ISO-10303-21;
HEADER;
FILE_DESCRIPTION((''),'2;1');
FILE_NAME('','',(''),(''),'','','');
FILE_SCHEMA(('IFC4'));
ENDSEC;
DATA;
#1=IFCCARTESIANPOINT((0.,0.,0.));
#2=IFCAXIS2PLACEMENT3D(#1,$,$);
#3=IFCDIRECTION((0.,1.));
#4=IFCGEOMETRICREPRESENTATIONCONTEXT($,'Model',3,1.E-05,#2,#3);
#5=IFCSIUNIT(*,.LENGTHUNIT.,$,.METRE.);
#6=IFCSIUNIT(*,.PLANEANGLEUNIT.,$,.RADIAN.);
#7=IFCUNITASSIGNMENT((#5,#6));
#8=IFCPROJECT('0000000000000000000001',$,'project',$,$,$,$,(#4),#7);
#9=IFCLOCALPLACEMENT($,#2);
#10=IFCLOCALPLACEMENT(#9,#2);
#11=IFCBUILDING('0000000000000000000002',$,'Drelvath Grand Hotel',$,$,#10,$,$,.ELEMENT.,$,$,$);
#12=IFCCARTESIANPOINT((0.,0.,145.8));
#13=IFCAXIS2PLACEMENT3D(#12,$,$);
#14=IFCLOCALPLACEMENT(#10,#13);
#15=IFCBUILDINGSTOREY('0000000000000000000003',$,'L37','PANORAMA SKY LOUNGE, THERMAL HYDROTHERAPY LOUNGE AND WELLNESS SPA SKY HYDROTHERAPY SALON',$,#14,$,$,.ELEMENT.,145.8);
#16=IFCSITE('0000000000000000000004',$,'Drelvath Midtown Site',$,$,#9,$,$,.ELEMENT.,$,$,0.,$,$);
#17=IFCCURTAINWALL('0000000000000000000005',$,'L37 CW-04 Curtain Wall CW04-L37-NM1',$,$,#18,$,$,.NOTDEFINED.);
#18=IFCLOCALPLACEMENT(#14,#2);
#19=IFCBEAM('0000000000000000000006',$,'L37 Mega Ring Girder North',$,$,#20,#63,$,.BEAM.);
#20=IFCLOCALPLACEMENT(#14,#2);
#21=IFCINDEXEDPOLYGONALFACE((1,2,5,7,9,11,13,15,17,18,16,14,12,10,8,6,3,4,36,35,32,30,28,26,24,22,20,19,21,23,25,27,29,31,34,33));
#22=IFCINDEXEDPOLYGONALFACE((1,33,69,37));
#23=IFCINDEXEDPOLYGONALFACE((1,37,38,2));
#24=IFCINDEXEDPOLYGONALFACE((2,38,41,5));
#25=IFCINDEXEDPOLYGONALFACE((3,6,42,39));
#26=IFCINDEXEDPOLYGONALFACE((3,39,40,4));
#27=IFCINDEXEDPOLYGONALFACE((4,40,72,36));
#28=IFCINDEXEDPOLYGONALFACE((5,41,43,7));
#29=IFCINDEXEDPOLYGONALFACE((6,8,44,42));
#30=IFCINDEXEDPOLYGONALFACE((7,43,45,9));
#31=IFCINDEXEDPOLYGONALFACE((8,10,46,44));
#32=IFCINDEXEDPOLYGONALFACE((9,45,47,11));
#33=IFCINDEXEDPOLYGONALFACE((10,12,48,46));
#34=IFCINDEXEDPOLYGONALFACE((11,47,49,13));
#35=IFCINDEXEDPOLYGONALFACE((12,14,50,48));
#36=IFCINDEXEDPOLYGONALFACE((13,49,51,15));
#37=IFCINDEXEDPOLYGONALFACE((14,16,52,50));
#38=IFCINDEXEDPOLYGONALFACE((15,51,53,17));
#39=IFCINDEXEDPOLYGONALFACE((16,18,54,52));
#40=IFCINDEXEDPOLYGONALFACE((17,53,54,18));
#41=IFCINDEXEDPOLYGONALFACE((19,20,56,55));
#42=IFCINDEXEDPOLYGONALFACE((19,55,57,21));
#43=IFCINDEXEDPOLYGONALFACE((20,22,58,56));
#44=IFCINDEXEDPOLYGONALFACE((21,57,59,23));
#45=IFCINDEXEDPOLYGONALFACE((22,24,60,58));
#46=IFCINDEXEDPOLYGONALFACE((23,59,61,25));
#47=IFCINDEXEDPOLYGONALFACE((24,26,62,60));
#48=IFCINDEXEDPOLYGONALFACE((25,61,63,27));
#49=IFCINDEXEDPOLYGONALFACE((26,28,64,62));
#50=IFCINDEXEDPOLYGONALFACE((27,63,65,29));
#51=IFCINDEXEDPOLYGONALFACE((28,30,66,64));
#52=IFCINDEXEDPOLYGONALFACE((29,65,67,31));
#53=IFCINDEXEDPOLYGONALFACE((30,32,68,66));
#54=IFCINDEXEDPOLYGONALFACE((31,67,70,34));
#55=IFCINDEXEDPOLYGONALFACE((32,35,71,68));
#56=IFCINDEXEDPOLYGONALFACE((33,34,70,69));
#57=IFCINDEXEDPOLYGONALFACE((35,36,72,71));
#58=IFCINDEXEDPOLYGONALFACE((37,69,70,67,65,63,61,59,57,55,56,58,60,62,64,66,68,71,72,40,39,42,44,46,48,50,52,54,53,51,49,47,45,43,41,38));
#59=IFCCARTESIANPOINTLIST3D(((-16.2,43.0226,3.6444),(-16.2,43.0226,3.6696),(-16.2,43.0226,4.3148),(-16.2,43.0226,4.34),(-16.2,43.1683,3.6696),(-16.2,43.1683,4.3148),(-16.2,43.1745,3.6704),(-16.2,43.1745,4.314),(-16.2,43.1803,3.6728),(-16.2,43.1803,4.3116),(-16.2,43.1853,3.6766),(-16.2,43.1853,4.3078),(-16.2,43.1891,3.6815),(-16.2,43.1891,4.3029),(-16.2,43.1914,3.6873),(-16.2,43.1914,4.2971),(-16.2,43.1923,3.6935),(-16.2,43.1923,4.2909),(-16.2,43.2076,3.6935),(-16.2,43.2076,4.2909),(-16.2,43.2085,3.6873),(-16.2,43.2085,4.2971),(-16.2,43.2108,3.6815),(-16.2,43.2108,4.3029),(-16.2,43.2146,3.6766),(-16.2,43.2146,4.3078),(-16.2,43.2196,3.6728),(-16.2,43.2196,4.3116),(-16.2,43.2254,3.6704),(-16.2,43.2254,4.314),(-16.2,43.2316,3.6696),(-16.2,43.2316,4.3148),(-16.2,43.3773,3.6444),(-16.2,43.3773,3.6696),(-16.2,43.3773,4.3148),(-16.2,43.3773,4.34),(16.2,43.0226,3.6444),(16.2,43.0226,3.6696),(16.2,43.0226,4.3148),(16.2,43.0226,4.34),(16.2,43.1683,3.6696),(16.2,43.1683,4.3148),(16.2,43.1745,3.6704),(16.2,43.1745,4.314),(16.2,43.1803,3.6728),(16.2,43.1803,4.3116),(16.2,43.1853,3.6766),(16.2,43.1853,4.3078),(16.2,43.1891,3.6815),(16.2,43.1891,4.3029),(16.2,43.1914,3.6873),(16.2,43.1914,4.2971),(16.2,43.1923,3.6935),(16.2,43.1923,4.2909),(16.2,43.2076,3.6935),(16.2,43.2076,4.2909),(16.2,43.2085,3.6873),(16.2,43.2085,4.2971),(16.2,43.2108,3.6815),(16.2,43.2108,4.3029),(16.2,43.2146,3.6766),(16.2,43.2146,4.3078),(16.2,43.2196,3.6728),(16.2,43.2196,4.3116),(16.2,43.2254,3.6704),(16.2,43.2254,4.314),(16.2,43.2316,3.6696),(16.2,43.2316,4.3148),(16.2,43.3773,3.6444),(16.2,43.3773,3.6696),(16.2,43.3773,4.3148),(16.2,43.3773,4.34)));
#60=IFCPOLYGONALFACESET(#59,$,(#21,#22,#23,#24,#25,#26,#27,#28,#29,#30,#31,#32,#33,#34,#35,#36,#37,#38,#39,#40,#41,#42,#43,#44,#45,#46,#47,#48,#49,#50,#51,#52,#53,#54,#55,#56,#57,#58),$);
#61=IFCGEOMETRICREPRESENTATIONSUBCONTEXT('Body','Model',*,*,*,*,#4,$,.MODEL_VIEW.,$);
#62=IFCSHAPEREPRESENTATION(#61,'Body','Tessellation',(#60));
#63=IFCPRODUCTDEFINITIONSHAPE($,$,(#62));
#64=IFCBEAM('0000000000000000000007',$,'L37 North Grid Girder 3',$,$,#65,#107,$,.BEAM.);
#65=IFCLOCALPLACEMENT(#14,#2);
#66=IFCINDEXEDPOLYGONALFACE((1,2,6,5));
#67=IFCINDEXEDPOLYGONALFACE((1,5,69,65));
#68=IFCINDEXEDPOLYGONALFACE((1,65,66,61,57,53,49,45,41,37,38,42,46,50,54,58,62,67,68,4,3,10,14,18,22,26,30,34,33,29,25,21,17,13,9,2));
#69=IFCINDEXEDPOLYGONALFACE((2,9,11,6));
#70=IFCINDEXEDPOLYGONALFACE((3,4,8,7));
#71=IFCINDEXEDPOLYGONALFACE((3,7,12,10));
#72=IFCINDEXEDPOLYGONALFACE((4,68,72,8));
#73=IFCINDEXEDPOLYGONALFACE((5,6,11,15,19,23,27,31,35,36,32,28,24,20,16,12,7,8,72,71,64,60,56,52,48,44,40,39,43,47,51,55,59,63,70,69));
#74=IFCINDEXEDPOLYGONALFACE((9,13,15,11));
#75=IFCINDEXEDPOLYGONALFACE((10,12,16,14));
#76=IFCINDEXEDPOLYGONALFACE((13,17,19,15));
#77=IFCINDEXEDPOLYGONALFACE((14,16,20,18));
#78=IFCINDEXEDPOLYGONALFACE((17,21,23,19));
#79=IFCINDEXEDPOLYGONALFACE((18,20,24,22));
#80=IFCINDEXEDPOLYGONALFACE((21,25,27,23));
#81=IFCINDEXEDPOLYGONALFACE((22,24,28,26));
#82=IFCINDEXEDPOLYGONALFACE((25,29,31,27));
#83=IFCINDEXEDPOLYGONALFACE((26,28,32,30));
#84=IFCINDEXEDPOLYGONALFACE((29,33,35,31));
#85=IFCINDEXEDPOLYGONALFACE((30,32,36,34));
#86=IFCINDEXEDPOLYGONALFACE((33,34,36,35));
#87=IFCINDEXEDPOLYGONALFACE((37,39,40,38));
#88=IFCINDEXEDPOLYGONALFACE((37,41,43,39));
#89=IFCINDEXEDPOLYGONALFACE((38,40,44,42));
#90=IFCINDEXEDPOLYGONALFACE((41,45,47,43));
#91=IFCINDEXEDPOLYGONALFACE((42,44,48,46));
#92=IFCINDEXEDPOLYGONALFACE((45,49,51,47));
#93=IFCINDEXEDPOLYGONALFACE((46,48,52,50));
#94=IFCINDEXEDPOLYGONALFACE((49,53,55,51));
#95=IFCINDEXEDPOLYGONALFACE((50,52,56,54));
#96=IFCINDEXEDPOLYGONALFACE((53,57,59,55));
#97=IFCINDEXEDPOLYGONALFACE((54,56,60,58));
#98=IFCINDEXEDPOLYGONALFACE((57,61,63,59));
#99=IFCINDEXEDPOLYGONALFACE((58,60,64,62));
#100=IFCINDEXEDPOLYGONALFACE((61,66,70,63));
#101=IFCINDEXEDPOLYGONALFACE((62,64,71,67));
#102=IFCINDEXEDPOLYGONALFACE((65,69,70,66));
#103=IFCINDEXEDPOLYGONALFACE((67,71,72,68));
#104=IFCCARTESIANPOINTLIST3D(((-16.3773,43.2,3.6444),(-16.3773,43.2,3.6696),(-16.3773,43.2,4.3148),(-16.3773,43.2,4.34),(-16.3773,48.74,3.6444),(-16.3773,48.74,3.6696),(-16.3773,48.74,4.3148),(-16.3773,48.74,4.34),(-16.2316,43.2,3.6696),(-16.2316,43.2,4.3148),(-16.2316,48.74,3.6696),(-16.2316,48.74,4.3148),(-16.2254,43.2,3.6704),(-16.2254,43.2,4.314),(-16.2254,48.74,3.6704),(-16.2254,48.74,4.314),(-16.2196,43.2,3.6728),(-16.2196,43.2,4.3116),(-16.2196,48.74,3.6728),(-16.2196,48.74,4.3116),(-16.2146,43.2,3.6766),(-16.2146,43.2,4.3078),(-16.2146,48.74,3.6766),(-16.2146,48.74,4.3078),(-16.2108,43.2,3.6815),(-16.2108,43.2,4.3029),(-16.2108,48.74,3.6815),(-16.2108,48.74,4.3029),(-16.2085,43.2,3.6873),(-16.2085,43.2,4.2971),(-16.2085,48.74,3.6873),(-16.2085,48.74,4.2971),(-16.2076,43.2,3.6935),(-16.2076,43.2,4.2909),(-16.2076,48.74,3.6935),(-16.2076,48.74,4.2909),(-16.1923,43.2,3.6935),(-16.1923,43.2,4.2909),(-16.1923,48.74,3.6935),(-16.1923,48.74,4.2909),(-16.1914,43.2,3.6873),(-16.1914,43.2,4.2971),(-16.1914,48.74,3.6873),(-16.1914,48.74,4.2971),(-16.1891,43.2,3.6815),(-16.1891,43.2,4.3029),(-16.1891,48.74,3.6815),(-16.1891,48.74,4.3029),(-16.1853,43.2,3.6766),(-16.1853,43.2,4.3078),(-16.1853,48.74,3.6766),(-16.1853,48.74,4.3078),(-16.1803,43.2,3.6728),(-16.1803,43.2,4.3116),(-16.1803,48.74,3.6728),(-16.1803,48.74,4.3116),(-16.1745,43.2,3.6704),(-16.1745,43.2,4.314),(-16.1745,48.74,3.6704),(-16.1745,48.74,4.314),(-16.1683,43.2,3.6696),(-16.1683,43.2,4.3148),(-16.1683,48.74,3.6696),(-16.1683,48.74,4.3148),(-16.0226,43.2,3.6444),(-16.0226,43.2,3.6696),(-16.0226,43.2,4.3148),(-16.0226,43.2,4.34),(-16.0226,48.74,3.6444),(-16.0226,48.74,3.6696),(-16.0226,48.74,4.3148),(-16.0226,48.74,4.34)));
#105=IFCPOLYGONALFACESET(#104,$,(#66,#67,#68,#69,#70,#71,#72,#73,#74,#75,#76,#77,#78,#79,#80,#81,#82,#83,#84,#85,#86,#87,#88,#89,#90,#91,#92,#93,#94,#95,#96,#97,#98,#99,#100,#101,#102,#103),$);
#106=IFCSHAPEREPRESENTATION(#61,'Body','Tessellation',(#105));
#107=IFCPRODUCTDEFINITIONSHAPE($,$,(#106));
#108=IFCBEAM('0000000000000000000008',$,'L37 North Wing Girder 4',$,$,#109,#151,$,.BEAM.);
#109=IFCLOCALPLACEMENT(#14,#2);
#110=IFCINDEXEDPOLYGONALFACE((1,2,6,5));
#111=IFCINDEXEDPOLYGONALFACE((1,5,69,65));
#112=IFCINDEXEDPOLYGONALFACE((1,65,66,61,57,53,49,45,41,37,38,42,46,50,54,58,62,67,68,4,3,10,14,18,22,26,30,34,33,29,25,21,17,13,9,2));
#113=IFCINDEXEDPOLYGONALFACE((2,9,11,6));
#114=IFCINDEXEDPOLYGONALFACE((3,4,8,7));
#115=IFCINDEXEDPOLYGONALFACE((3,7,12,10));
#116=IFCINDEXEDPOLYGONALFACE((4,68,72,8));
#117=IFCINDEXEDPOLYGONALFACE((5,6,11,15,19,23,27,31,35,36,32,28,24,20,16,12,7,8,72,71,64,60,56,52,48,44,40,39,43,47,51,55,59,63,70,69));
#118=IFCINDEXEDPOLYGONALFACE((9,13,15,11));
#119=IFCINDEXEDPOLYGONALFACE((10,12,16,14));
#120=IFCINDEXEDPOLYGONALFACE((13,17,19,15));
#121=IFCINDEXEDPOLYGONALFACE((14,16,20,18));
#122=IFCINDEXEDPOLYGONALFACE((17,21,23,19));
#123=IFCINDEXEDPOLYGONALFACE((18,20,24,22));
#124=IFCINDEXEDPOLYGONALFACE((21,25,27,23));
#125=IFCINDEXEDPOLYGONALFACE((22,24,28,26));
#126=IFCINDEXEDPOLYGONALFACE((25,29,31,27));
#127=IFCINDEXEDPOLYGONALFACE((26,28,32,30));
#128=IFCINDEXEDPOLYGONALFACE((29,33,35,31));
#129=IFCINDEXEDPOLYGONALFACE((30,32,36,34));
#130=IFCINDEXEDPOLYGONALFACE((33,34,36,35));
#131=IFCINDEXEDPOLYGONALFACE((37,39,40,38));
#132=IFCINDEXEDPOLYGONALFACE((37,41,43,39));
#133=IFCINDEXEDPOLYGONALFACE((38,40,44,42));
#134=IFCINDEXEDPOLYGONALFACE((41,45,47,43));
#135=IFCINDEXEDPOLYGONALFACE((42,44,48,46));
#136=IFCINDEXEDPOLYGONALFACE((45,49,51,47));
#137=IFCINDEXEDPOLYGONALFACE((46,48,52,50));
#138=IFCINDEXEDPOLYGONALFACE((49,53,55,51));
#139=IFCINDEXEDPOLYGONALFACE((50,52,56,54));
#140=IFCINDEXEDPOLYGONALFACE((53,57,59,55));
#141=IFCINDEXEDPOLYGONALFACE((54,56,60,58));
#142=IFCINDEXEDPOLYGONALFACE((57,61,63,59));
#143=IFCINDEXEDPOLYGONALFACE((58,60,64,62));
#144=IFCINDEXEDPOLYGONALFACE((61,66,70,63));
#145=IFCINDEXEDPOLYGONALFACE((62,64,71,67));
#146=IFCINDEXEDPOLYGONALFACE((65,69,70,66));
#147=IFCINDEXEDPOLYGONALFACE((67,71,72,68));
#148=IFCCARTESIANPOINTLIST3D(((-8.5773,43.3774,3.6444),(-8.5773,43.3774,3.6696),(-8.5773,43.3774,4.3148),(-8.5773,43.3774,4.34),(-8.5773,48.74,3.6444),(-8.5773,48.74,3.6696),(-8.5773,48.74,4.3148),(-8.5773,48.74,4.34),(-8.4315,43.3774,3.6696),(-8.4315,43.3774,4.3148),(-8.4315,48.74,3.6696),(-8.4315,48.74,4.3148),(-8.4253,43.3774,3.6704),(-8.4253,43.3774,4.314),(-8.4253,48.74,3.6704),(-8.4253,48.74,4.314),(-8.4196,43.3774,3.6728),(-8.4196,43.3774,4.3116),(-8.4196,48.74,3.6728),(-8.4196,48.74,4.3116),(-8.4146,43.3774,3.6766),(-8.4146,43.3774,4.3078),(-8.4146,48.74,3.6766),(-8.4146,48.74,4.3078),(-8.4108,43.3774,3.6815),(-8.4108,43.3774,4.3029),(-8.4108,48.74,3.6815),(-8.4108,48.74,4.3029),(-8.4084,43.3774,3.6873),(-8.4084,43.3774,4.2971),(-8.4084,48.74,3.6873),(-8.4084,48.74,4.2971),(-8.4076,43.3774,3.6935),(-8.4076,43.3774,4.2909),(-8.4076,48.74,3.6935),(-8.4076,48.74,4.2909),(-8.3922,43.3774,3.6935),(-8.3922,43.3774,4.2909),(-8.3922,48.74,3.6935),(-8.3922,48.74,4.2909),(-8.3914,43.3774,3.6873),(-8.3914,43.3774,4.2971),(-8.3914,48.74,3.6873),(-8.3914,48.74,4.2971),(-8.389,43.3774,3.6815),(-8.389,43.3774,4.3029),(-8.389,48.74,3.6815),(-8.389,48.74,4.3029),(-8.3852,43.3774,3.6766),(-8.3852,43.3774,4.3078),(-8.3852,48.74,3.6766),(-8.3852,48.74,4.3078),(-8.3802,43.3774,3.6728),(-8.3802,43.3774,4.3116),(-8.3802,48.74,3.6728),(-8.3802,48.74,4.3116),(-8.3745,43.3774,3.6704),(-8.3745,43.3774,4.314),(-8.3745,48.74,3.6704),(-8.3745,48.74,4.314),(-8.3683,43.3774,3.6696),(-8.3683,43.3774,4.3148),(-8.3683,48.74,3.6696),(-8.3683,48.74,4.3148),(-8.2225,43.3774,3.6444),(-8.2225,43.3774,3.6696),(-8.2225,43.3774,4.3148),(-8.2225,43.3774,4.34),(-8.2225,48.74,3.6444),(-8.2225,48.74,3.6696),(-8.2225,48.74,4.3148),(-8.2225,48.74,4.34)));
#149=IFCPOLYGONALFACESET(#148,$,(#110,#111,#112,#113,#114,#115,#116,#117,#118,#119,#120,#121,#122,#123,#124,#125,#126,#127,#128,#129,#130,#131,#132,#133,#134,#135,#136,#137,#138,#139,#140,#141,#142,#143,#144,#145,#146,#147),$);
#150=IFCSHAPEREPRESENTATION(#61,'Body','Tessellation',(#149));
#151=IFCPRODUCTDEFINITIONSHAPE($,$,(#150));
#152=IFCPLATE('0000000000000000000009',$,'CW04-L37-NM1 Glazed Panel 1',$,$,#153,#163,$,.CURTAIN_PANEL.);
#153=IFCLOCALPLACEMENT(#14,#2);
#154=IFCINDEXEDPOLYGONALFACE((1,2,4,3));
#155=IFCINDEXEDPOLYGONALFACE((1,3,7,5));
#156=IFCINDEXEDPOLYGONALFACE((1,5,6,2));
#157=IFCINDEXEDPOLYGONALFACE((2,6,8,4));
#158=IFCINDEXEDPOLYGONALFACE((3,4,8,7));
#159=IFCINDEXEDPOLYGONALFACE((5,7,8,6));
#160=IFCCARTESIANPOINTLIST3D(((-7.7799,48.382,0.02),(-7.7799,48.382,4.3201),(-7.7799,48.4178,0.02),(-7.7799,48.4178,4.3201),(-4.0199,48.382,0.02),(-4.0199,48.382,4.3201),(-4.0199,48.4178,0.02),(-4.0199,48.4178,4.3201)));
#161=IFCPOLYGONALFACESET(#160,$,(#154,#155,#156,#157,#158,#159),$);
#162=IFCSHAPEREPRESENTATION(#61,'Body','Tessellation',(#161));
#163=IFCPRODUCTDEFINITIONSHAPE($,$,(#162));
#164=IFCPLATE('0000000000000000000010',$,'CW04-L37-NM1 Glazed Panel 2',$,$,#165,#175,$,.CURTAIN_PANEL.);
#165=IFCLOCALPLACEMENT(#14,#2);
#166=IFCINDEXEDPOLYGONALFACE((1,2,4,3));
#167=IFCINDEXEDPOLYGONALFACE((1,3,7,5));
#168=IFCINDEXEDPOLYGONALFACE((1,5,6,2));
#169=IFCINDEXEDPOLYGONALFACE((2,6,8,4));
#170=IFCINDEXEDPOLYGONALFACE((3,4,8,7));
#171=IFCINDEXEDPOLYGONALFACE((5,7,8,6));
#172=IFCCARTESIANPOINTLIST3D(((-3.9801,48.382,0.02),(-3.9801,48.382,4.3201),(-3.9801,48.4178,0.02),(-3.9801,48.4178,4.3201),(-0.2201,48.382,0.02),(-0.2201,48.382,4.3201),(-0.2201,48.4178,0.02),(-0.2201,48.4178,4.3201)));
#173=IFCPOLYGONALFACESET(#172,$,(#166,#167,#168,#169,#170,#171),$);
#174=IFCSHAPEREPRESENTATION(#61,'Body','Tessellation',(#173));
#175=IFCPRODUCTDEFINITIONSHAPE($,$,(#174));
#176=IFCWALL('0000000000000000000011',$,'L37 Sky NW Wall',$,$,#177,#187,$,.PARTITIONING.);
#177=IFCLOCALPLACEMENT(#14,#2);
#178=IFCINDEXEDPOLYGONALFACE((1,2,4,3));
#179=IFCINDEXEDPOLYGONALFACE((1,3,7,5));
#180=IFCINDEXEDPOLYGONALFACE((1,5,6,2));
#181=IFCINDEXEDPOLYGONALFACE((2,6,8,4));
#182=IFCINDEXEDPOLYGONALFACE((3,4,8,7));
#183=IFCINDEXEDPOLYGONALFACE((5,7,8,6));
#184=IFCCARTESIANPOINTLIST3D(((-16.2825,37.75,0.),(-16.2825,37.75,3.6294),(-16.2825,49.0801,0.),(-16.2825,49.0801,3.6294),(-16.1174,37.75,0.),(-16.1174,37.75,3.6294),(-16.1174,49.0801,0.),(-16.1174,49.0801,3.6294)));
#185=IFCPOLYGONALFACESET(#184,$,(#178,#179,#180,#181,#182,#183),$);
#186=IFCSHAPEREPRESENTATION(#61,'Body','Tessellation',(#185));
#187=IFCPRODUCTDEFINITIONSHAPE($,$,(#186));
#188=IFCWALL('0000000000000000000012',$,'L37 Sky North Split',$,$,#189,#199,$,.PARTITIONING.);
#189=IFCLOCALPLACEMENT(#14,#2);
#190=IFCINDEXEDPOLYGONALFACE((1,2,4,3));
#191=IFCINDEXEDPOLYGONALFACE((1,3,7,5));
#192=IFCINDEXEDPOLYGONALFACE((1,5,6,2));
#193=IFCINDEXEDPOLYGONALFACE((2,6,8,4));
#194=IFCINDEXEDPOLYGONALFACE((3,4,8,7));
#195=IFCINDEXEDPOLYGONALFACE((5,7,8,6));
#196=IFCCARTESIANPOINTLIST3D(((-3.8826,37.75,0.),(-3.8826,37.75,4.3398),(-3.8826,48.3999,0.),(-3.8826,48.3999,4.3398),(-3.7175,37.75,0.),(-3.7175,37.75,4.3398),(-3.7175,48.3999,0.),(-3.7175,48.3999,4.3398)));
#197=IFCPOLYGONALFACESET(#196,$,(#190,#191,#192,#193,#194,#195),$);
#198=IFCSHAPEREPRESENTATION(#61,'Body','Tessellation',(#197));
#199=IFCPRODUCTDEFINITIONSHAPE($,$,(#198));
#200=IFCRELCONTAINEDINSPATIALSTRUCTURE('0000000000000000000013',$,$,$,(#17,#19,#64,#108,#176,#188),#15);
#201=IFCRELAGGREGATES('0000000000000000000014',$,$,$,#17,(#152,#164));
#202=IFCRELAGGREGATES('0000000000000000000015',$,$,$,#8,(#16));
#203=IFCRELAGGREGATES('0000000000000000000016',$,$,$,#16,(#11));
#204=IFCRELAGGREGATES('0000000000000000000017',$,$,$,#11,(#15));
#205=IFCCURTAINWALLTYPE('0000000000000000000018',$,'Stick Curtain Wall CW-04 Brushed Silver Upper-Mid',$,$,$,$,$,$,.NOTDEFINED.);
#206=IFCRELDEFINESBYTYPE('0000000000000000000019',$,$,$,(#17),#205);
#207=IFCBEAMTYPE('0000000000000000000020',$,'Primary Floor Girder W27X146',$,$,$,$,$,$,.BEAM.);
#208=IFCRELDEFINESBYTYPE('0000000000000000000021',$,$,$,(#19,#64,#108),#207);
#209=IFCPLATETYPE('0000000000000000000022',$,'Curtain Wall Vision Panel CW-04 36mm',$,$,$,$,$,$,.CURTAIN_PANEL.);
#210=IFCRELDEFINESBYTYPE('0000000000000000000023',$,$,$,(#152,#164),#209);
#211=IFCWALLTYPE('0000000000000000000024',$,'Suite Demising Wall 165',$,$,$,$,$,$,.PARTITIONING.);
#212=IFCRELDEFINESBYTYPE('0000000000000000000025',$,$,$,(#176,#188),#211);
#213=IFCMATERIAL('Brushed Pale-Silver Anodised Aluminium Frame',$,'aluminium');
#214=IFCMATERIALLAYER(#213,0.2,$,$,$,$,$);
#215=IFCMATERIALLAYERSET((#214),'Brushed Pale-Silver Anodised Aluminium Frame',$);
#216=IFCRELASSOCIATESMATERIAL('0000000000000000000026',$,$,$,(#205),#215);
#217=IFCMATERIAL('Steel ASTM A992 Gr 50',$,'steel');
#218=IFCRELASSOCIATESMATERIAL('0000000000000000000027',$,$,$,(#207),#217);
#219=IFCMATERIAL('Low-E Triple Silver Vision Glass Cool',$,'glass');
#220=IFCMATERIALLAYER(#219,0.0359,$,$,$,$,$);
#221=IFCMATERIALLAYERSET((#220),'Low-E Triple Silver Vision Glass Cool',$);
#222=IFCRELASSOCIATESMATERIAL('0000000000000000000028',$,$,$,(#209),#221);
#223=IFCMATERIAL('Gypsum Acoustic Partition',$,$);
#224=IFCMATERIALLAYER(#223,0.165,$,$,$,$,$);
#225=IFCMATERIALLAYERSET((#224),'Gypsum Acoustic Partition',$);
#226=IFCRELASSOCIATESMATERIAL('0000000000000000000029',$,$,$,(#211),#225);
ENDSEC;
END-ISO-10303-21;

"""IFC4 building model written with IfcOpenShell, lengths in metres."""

from ifc_helpers import new_model, si_unit, direction, frame, frame_2d, origin, origin_2d, place, context, subcontext, project, spatial, rectangle, i_section, extrude, material, layer, layer_set, material_profile, profile_set, type_object, element, aggregate, save


model = new_model("IFC4")

# Units and contexts
model_context = context("Model", 3, precision=1e-05, world=origin(), true_north=direction((0.0, 1.0)))
body_context = subcontext(model_context, "Body", "Model", "MODEL_VIEW")
ifc_project = project(units=[si_unit("LENGTHUNIT", "METRE"), si_unit("PLANEANGLEUNIT", "RADIAN")], contexts=[model_context])

# Site, building, storey
site_placement = place(None, origin())
site = spatial("IfcSite", under=ifc_project, at=site_placement, Name="Drelvath Midtown Site", CompositionType="ELEMENT", RefElevation=0.0)
building_placement = place(site_placement, origin())
building = spatial("IfcBuilding", under=site, at=building_placement, Name="Drelvath Grand Hotel", CompositionType="ELEMENT")
storey_placement = place(building_placement, frame((0.0, 0.0, 145.8)))
storey = spatial("IfcBuildingStorey", under=building, at=storey_placement, Name="L37", Description="PANORAMA SKY LOUNGE, THERMAL HYDROTHERAPY LOUNGE AND WELLNESS SPA SKY HYDROTHERAPY SALON", CompositionType="ELEMENT", Elevation=145.8)

# Shared definitions
ifc_material_1 = material(Name="Steel ASTM A992 Gr 50", Category="steel")

# Curtain wall
ifc_material_2 = material(Name="Brushed Pale-Silver Anodised Aluminium Frame", Category="aluminium")
ifc_layer_1 = layer(ifc_material_2, 0.2)
ifc_layer_set_1 = layer_set([ifc_layer_1], Name="Brushed Pale-Silver Anodised Aluminium Frame")
curtain_wall_type = type_object("IfcCurtainWallType", Name="Stick Curtain Wall CW-04 Brushed Silver Upper-Mid", PredefinedType="NOTDEFINED", material=ifc_layer_set_1)
curtain_wall_placement = place(storey_placement, origin())
curtain_wall = element("IfcCurtainWall", 1, at=curtain_wall_placement, inside=storey, type_object=curtain_wall_type, Name="L37 CW-04 Curtain Wall CW04-L37-NM1", PredefinedType="NOTDEFINED")

# Beams
ifc_material_profile_1 = material_profile(ifc_material_1, i_section(OverallWidth=0.3547, OverallDepth=0.6956, WebThickness=0.0154, FlangeThickness=0.0251, FilletRadius=0.0239, at=origin_2d()), Name="W27X146")
ifc_profile_set_1 = profile_set([ifc_material_profile_1], Name="Steel ASTM A992 Gr 50")
beam_type_1 = type_object("IfcBeamType", Name="Primary Floor Girder W27X146", PredefinedType="BEAM", material=ifc_profile_set_1)
beam_1_placement = place(storey_placement, frame((-16.2, 43.2, 3.9922), z_axis=(1.0, 0.0, 0.0), x_axis=(0.0, 1.0, 0.0)))
element("IfcBeam", 2, at=beam_1_placement, inside=storey, type_object=beam_type_1, Name="L37 Mega Ring Girder North", PredefinedType="BEAM", context=body_context, shape_type="SweptSolid", body=[
    extrude(i_section(OverallWidth=0.3547, OverallDepth=0.6956, WebThickness=0.0154, FlangeThickness=0.0251, FilletRadius=0.0239, at=origin_2d()), origin(), (0.0, 0.0, 1.0), 32.3999),
])
beam_2_placement = place(storey_placement, frame((-16.2, 43.2, 3.9922), z_axis=(0.0, 1.0, 0.0), x_axis=(-1.0, 0.0, 0.0)))
element("IfcBeam", 3, at=beam_2_placement, inside=storey, type_object=beam_type_1, Name="L37 North Grid Girder 3", PredefinedType="BEAM", context=body_context, shape_type="SweptSolid", body=[
    extrude(i_section(OverallWidth=0.3547, OverallDepth=0.6956, WebThickness=0.0154, FlangeThickness=0.0251, FilletRadius=0.0239, at=origin_2d()), origin(), (0.0, 0.0, 1.0), 5.54),
])
beam_3_placement = place(storey_placement, frame((-8.3999, 43.3774, 3.9922), z_axis=(0.0, 1.0, 0.0), x_axis=(-1.0, 0.0, 0.0)))
element("IfcBeam", 4, at=beam_3_placement, inside=storey, type_object=beam_type_1, Name="L37 North Wing Girder 4", PredefinedType="BEAM", context=body_context, shape_type="SweptSolid", body=[
    extrude(i_section(OverallWidth=0.3547, OverallDepth=0.6956, WebThickness=0.0154, FlangeThickness=0.0251, FilletRadius=0.0239, at=origin_2d()), origin(), (0.0, 0.0, 1.0), 5.3625),
])

# Plates
ifc_material_3 = material(Name="Low-E Triple Silver Vision Glass Cool", Category="glass")
ifc_layer_2 = layer(ifc_material_3, 0.0359)
ifc_layer_set_2 = layer_set([ifc_layer_2], Name="Low-E Triple Silver Vision Glass Cool")
plate_type = type_object("IfcPlateType", Name="Curtain Wall Vision Panel CW-04 36mm", PredefinedType="CURTAIN_PANEL", material=ifc_layer_set_2)
plate_1_placement = place(storey_placement, frame((-5.8999, 48.3999, 0.02), z_axis=(0.0, 0.0, 1.0), x_axis=(1.0, 0.0, 0.0)))
plate_1 = element("IfcPlate", 5, at=plate_1_placement, type_object=plate_type, Name="CW04-L37-NM1 Glazed Panel 1", PredefinedType="CURTAIN_PANEL", context=body_context, shape_type="SweptSolid", body=[
    extrude(rectangle(XDim=3.76, YDim=0.0359, at=origin_2d()), origin(), (0.0, 0.0, 1.0), 4.3),
])
plate_2_placement = place(storey_placement, frame((-2.1001, 48.3999, 0.02), z_axis=(0.0, 0.0, 1.0), x_axis=(1.0, 0.0, 0.0)))
plate_2 = element("IfcPlate", 6, at=plate_2_placement, type_object=plate_type, Name="CW04-L37-NM1 Glazed Panel 2", PredefinedType="CURTAIN_PANEL", context=body_context, shape_type="SweptSolid", body=[
    extrude(rectangle(XDim=3.76, YDim=0.0359, at=origin_2d()), origin(), (0.0, 0.0, 1.0), 4.3),
])
aggregate(curtain_wall, [plate_1, plate_2])

# Walls
ifc_material_4 = material(Name="Gypsum Acoustic Partition")
ifc_layer_3 = layer(ifc_material_4, 0.165)
ifc_layer_set_3 = layer_set([ifc_layer_3], Name="Gypsum Acoustic Partition")
wall_type_1 = type_object("IfcWallType", Name="Suite Demising Wall 165", PredefinedType="PARTITIONING", material=ifc_layer_set_3)
wall_1_placement = place(storey_placement, frame((-16.2, 37.75, 0.0), z_axis=(0.0, 0.0, 1.0), x_axis=(0.0, 1.0, 0.0)))
element("IfcWall", 7, at=wall_1_placement, inside=storey, type_object=wall_type_1, Name="L37 Sky NW Wall", PredefinedType="PARTITIONING", context=body_context, shape_type="SweptSolid", body=[
    extrude(rectangle(XDim=11.3301, YDim=0.165, at=frame_2d((5.665, 0.0))), origin(), (0.0, 0.0, 1.0), 3.6294),
])
wall_2_placement = place(storey_placement, frame((-3.8, 37.75, 0.0), z_axis=(0.0, 0.0, 1.0), x_axis=(0.0, 1.0, 0.0)))
element("IfcWall", 8, at=wall_2_placement, inside=storey, type_object=wall_type_1, Name="L37 Sky North Split", PredefinedType="PARTITIONING", context=body_context, shape_type="SweptSolid", body=[
    extrude(rectangle(XDim=10.6499, YDim=0.165, at=frame_2d((5.325, 0.0))), origin(), (0.0, 0.0, 1.0), 4.3398),
])

save(model, "model.ifc")
